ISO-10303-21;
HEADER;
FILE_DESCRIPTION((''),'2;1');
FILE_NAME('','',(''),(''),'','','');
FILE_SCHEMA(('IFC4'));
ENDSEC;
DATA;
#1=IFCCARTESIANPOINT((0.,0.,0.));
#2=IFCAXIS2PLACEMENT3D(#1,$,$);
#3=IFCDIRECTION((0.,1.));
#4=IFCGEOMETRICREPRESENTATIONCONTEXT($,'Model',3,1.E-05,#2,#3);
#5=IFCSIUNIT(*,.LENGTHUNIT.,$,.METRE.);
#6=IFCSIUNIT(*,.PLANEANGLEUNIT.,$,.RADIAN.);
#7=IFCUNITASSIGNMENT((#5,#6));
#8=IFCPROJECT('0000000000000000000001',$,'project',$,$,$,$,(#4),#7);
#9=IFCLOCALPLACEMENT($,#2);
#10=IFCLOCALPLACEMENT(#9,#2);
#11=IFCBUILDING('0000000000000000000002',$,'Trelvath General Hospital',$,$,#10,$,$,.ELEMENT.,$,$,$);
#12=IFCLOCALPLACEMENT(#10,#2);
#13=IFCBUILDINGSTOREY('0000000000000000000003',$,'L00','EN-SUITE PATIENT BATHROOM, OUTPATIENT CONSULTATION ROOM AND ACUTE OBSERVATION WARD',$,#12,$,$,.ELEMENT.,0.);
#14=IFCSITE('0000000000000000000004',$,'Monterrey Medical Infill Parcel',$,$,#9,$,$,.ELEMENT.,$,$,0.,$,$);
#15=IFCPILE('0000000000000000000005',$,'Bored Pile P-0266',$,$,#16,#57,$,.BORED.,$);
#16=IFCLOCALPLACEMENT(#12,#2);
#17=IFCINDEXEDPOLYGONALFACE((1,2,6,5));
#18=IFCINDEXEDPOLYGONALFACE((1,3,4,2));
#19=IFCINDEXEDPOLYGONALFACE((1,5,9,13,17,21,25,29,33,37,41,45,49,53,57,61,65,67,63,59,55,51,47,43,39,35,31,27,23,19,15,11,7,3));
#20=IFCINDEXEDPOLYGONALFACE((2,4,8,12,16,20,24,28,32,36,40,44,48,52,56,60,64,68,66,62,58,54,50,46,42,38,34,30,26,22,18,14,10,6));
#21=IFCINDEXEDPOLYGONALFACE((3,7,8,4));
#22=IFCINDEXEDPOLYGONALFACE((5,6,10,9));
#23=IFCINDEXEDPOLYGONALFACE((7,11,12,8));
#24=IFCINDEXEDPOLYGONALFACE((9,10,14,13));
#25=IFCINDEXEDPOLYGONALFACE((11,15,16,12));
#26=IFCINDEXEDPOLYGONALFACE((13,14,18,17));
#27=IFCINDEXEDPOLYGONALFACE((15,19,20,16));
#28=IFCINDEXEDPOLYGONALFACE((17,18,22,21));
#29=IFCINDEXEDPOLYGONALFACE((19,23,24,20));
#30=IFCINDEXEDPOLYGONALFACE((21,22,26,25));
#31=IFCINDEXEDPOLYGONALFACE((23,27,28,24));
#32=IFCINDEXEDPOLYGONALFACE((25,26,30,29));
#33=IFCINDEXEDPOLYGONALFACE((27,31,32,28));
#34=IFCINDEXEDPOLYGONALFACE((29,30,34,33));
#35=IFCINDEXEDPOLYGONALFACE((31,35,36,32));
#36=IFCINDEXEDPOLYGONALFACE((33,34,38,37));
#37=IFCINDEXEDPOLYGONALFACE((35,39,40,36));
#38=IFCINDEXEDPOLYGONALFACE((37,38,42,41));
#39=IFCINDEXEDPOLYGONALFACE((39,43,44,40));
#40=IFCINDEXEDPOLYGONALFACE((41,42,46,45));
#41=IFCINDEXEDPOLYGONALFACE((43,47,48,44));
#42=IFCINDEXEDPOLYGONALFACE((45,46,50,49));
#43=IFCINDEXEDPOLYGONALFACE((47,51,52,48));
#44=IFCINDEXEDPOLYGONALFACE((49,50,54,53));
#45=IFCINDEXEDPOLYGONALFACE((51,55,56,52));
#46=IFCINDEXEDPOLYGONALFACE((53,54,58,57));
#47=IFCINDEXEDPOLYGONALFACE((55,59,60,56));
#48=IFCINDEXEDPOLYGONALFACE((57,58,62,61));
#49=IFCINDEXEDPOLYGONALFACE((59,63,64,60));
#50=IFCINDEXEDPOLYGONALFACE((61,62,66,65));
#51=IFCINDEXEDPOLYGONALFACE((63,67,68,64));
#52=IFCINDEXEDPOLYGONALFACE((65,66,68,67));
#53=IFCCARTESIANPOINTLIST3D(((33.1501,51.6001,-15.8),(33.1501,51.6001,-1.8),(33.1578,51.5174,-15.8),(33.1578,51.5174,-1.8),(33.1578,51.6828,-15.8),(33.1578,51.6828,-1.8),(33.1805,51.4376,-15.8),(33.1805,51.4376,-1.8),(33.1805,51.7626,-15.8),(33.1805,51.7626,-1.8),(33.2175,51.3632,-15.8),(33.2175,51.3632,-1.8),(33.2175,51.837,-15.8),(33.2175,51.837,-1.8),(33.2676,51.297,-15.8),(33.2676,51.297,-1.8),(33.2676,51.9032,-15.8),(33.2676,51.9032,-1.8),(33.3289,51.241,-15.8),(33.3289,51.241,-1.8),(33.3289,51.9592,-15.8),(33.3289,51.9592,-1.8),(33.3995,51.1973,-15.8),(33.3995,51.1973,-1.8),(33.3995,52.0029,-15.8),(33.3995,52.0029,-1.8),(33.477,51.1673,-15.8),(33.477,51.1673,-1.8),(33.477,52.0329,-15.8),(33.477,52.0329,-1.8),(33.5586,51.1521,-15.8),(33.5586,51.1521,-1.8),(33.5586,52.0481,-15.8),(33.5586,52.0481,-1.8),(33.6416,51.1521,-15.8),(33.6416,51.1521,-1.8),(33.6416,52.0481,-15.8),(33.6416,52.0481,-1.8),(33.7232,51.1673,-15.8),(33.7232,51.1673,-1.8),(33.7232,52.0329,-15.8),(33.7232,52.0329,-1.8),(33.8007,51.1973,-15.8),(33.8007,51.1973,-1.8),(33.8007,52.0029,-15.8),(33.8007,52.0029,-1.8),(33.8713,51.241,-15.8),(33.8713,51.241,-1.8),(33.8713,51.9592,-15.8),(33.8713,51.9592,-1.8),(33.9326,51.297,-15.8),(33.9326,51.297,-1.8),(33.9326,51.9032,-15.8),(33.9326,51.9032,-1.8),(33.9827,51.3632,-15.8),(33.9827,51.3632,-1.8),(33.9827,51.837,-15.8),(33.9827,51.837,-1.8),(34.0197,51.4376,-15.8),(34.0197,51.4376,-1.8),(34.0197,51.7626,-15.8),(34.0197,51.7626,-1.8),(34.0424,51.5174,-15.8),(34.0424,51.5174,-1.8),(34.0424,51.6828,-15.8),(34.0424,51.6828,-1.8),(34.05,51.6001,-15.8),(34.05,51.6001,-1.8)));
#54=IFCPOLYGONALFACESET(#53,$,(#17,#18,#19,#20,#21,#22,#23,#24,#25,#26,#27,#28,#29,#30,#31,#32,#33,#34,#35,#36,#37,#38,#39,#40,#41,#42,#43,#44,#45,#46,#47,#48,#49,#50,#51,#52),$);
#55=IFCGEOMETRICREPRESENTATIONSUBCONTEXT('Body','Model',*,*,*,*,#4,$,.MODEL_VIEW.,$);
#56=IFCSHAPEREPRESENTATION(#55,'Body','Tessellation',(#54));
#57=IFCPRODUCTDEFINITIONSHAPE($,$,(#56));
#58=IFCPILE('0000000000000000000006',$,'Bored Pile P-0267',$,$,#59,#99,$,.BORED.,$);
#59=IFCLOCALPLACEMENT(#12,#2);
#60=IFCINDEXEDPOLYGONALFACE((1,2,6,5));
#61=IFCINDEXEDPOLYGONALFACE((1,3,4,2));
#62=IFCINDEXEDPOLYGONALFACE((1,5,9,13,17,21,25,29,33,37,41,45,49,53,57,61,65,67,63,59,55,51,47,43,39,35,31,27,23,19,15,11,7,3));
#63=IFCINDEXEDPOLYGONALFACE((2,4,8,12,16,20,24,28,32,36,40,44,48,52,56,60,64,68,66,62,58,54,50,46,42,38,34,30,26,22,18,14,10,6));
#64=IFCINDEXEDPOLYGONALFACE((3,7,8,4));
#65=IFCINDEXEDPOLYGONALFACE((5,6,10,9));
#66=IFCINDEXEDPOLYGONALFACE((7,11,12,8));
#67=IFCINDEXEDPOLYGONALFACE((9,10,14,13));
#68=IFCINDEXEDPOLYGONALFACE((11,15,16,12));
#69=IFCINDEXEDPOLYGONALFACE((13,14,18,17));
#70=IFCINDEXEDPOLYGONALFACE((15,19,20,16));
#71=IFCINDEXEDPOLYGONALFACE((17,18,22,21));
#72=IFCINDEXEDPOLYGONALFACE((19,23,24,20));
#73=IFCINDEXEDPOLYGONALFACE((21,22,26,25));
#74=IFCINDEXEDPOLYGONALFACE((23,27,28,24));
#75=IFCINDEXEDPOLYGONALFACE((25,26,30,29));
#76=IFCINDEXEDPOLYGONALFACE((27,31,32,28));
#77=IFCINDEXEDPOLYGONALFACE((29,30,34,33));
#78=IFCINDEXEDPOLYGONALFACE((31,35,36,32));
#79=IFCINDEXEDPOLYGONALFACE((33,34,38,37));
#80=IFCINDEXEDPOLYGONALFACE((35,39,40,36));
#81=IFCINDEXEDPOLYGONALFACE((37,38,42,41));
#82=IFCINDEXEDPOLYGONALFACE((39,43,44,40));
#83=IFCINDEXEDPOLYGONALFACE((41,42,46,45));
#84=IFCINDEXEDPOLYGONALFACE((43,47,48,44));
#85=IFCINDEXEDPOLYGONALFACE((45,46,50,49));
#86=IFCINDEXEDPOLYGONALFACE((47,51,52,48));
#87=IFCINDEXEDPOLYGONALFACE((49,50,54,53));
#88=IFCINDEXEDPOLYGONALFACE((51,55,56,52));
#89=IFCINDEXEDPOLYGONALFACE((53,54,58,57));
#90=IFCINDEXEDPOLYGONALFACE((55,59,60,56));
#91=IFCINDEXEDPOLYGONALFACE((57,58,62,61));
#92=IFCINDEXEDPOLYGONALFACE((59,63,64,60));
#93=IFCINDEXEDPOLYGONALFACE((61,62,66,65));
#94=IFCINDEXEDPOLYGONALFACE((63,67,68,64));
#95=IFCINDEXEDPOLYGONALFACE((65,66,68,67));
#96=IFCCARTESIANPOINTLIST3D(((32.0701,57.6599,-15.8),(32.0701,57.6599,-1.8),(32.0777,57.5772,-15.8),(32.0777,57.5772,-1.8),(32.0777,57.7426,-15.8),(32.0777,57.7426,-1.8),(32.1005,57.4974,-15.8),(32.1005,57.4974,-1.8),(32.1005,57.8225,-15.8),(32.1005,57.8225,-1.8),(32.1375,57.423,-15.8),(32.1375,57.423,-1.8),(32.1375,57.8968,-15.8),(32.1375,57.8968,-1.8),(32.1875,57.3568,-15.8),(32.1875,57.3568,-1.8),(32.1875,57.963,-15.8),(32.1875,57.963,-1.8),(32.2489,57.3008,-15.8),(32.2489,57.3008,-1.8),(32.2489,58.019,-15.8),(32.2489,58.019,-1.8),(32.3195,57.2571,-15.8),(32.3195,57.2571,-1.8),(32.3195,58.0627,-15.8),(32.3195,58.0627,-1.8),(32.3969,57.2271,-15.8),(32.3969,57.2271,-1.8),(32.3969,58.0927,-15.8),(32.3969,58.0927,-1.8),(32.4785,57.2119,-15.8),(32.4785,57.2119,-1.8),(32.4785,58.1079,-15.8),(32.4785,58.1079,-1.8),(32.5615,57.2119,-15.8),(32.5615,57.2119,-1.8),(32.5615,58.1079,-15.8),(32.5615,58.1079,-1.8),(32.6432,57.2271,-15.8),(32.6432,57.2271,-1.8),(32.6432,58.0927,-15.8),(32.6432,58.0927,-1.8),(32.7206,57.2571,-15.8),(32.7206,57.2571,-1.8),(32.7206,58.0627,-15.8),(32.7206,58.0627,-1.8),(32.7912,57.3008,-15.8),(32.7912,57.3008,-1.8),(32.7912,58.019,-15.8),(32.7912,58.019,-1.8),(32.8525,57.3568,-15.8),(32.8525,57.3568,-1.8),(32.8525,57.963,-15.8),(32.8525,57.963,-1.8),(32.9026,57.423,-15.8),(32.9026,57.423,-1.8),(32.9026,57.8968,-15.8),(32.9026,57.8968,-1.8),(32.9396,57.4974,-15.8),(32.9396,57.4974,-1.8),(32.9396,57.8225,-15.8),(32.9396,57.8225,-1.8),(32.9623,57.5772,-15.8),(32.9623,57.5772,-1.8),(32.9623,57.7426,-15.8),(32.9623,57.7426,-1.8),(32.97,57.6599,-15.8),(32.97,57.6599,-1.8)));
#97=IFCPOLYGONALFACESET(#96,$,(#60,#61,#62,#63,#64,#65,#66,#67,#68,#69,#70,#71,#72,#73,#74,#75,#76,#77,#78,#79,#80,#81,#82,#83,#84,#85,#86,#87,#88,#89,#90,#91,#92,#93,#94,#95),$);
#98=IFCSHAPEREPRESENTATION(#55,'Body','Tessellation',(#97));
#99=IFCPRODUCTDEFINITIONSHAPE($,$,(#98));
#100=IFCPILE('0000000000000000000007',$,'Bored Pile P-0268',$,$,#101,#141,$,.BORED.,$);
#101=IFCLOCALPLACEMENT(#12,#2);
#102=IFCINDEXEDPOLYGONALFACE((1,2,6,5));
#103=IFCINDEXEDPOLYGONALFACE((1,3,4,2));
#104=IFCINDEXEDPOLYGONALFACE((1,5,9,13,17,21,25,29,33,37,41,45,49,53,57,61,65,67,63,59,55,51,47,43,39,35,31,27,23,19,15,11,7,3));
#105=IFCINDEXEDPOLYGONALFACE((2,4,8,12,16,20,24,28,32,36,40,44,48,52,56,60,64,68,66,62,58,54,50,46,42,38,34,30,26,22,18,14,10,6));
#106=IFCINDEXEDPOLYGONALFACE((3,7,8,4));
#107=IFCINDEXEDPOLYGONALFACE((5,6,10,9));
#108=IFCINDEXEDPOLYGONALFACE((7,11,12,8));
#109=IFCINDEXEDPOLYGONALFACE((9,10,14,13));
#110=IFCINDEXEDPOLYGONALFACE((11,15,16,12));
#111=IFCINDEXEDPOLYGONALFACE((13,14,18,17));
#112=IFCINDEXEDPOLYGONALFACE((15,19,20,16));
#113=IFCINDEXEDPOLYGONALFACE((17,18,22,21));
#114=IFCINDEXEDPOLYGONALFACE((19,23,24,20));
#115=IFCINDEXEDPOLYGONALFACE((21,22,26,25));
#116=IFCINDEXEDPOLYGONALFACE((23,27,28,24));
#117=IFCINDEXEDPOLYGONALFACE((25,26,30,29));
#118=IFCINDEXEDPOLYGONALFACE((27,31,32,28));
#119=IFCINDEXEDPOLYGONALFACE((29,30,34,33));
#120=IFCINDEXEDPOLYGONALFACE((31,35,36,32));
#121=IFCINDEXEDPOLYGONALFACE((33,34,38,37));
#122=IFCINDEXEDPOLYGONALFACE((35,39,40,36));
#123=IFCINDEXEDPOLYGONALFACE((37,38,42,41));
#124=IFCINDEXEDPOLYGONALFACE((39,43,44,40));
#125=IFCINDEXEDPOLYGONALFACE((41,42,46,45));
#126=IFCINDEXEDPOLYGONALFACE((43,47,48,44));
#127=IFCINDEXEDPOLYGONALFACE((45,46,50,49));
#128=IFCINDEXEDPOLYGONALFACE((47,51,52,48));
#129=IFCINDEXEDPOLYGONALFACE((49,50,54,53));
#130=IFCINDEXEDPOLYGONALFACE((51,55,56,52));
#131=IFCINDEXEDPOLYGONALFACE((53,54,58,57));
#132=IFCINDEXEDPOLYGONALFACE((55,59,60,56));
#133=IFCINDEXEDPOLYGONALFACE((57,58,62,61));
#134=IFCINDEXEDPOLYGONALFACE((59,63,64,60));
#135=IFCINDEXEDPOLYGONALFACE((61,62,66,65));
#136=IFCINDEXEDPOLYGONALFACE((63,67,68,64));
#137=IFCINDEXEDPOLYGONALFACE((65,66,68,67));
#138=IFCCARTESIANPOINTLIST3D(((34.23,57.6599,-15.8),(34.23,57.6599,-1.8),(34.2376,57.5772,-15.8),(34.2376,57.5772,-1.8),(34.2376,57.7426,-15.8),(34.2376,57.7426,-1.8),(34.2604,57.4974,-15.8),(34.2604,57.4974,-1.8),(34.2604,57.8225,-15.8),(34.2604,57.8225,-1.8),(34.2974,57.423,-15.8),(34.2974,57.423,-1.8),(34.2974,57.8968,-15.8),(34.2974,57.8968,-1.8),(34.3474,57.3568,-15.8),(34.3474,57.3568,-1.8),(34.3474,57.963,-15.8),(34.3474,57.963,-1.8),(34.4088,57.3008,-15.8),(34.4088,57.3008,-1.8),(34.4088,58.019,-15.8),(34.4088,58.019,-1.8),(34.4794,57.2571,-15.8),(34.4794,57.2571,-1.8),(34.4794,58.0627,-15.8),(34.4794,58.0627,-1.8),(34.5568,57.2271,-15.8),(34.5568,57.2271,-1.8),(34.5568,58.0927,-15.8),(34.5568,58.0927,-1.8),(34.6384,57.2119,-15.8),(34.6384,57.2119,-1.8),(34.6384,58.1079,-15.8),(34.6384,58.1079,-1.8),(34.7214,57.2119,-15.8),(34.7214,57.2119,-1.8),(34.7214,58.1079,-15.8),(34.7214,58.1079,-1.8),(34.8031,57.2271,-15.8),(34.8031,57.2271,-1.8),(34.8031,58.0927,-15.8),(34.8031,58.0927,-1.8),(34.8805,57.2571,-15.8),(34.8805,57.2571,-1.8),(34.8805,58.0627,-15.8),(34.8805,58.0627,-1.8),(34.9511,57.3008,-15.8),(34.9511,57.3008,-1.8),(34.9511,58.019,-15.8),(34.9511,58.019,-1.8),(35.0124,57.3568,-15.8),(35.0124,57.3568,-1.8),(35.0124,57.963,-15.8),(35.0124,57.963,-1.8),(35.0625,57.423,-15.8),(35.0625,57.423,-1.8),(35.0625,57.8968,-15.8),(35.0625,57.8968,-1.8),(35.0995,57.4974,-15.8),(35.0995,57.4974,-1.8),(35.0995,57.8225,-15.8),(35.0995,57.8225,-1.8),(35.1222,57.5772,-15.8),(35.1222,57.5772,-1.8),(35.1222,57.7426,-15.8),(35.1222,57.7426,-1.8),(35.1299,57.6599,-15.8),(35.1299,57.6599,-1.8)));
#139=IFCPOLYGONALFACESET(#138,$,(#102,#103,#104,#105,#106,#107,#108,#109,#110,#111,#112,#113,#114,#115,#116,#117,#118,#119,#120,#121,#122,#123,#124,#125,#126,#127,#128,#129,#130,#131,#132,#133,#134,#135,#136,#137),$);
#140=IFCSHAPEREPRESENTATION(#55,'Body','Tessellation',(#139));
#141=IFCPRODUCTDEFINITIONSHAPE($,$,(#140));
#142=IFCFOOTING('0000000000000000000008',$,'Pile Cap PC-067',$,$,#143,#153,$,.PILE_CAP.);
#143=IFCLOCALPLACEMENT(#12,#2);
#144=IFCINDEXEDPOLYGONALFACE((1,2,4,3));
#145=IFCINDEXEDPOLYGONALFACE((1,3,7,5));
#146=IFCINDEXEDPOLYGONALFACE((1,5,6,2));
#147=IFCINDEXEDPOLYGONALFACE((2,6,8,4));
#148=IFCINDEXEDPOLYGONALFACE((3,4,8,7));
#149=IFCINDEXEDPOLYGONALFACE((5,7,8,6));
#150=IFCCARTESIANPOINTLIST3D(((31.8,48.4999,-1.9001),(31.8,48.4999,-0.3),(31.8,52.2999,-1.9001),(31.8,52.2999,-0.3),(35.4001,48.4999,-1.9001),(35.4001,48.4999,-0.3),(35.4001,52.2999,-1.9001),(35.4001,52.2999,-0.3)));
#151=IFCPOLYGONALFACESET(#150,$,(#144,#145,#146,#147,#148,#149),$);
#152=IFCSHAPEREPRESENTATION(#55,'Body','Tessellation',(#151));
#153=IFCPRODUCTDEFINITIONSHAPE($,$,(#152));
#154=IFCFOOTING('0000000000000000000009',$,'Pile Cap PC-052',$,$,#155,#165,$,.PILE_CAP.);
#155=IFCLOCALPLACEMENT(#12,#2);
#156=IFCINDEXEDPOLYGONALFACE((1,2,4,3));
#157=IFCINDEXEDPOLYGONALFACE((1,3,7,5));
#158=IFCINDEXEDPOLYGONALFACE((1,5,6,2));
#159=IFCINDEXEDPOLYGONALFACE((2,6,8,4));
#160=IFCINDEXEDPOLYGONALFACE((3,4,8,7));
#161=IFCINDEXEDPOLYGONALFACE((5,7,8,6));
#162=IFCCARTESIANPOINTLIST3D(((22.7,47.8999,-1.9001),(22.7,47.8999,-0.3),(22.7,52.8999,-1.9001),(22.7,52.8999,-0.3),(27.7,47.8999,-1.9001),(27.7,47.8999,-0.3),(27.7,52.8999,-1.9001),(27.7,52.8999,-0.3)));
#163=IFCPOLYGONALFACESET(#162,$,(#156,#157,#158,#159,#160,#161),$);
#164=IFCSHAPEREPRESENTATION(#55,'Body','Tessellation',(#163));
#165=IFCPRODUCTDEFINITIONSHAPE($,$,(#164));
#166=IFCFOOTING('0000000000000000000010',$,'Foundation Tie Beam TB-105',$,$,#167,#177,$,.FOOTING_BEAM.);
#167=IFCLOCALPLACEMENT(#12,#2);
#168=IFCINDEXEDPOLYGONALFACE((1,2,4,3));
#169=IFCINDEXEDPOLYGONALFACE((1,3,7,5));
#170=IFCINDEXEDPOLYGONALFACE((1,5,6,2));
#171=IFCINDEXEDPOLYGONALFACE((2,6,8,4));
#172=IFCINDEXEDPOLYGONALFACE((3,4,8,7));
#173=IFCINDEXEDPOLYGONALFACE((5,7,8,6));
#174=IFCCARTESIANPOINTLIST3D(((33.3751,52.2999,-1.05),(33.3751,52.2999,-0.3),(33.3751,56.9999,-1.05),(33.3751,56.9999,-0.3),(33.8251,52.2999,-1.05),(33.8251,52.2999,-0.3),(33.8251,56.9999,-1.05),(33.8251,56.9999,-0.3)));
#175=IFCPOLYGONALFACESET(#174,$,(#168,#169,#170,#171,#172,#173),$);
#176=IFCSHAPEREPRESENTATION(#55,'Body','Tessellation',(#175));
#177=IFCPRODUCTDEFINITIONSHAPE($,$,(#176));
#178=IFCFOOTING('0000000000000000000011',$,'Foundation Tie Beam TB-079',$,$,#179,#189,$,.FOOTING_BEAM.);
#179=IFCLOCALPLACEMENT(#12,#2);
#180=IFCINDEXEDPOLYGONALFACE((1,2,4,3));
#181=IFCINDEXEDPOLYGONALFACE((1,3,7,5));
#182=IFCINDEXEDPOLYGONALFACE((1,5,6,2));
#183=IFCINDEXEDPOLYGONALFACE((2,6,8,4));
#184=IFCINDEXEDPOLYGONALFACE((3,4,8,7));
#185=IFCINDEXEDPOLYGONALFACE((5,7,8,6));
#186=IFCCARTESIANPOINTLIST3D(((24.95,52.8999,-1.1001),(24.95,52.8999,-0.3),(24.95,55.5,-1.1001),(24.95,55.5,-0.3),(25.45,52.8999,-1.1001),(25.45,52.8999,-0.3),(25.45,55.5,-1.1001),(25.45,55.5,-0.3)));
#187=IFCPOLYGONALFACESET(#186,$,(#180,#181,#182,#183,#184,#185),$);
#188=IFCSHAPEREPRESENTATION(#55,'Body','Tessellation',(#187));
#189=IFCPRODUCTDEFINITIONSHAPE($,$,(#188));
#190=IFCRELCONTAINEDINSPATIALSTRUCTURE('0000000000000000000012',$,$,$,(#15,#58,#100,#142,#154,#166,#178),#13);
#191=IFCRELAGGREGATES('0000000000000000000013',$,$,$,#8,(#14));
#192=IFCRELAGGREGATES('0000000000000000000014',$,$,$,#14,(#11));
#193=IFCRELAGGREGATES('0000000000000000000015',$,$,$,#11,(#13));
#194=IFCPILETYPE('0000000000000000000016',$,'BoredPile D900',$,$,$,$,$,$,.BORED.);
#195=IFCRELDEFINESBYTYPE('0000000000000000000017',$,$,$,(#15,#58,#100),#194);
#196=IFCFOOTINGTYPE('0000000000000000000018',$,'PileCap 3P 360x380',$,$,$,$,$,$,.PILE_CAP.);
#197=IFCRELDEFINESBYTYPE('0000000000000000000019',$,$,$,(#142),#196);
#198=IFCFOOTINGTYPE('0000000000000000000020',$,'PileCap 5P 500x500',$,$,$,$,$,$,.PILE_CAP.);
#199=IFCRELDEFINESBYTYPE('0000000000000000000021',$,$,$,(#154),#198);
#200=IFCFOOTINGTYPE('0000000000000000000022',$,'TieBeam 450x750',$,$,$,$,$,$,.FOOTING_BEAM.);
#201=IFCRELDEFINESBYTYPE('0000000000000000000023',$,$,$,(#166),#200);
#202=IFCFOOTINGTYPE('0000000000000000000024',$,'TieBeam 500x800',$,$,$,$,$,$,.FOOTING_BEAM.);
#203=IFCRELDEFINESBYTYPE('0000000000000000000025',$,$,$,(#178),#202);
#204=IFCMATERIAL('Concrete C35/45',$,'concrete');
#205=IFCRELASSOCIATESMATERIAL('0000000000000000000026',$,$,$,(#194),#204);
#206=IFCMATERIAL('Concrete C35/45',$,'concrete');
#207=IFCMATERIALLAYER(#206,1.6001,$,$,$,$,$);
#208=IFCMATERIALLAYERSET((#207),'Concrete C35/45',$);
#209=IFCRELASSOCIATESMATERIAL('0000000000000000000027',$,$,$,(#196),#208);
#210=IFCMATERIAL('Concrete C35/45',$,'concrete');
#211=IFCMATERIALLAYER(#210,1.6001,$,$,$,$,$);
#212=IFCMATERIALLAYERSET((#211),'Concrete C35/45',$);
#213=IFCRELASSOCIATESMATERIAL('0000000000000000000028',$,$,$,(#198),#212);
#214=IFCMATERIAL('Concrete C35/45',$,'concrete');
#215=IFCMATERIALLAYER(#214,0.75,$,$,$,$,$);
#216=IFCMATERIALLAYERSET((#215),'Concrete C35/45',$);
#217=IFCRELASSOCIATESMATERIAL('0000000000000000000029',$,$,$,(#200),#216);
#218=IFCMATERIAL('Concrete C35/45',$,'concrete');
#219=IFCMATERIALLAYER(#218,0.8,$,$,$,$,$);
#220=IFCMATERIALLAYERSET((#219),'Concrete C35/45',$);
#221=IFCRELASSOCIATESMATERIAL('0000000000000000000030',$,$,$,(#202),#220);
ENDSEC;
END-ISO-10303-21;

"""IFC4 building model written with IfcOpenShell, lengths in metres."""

from ifc_helpers import new_model, si_unit, direction, frame, origin, origin_2d, place, context, subcontext, project, spatial, rectangle, circle, extrude, material, layer, layer_set, material_profile, profile_set, type_object, element, save


model = new_model("IFC4")

# Units and contexts
model_context = context("Model", 3, precision=1e-05, world=origin(), true_north=direction((0.0, 1.0)))
body_context = subcontext(model_context, "Body", "Model", "MODEL_VIEW")
ifc_project = project(units=[si_unit("LENGTHUNIT", "METRE"), si_unit("PLANEANGLEUNIT", "RADIAN")], contexts=[model_context])

# Site, building, storey
site_placement = place(None, origin())
site = spatial("IfcSite", under=ifc_project, at=site_placement, Name="Monterrey Medical Infill Parcel", CompositionType="ELEMENT", RefElevation=0.0)
building_placement = place(site_placement, origin())
building = spatial("IfcBuilding", under=site, at=building_placement, Name="Trelvath General Hospital", CompositionType="ELEMENT")
storey_placement = place(building_placement, origin())
storey = spatial("IfcBuildingStorey", under=building, at=storey_placement, Name="L00", Description="EN-SUITE PATIENT BATHROOM, OUTPATIENT CONSULTATION ROOM AND ACUTE OBSERVATION WARD", CompositionType="ELEMENT", Elevation=0.0)

# Piles
ifc_material_1 = material(Name="Concrete C35/45", Category="concrete")
ifc_material_profile_1 = material_profile(ifc_material_1, circle(Radius=0.45, at=origin_2d()), Name="PILE900")
ifc_profile_set_1 = profile_set([ifc_material_profile_1], Name="Concrete C35/45")
pile_type_1 = type_object("IfcPileType", Name="BoredPile D900", PredefinedType="BORED", material=ifc_profile_set_1)
for number, where, z_axis, x_axis, name in (
    (1, (33.6001, 51.6001, -1.8), (0.0, 0.0, -1.0), (1.0, 0.0, 0.0), "Bored Pile P-0266"),
    (2, (32.52, 57.6599, -1.8), (0.0, 0.0, -1.0), (1.0, 0.0, 0.0), "Bored Pile P-0267"),
    (3, (34.6799, 57.6599, -1.8), (0.0, 0.0, -1.0), (1.0, 0.0, 0.0), "Bored Pile P-0268"),
):
    element("IfcPile", number, at=place(storey_placement, frame(where, z_axis=z_axis, x_axis=x_axis)), inside=storey, type_object=pile_type_1, Name=name, PredefinedType="BORED", context=body_context, shape_type="SweptSolid", body=[
        extrude(circle(Radius=0.45, at=origin_2d()), origin(), (0.0, 0.0, 1.0), 14.0),
    ])

# Footings
ifc_material_2 = material(Name="Concrete C35/45", Category="concrete")
ifc_layer_1 = layer(ifc_material_2, 1.6001)
ifc_layer_set_1 = layer_set([ifc_layer_1], Name="Concrete C35/45")
footing_type_1 = type_object("IfcFootingType", Name="PileCap 3P 360x380", PredefinedType="PILE_CAP", material=ifc_layer_set_1)
footing_1_placement = place(storey_placement, frame((33.6001, 50.3999, -1.9001), z_axis=(0.0, 0.0, 1.0), x_axis=(1.0, 0.0, 0.0)))
element("IfcFooting", 4, at=footing_1_placement, inside=storey, type_object=footing_type_1, Name="Pile Cap PC-067", PredefinedType="PILE_CAP", context=body_context, shape_type="SweptSolid", body=[
    extrude(rectangle(XDim=3.6001, YDim=3.8, at=origin_2d()), origin(), (0.0, 0.0, 1.0), 1.6001),
])
ifc_material_3 = material(Name="Concrete C35/45", Category="concrete")
ifc_layer_2 = layer(ifc_material_3, 1.6001)
ifc_layer_set_2 = layer_set([ifc_layer_2], Name="Concrete C35/45")
footing_type_2 = type_object("IfcFootingType", Name="PileCap 5P 500x500", PredefinedType="PILE_CAP", material=ifc_layer_set_2)
footing_2_placement = place(storey_placement, frame((25.2, 50.3999, -1.9001), z_axis=(0.0, 0.0, 1.0), x_axis=(1.0, 0.0, 0.0)))
element("IfcFooting", 5, at=footing_2_placement, inside=storey, type_object=footing_type_2, Name="Pile Cap PC-052", PredefinedType="PILE_CAP", context=body_context, shape_type="SweptSolid", body=[
    extrude(rectangle(XDim=5.0, YDim=5.0, at=origin_2d()), origin(), (0.0, 0.0, 1.0), 1.6001),
])
ifc_material_4 = material(Name="Concrete C35/45", Category="concrete")
ifc_layer_3 = layer(ifc_material_4, 0.75)
ifc_layer_set_3 = layer_set([ifc_layer_3], Name="Concrete C35/45")
footing_type_3 = type_object("IfcFootingType", Name="TieBeam 450x750", PredefinedType="FOOTING_BEAM", material=ifc_layer_set_3)
footing_3_placement = place(storey_placement, frame((33.6001, 54.6499, -1.05), z_axis=(0.0, 0.0, 1.0), x_axis=(1.0, 0.0, 0.0)))
element("IfcFooting", 6, at=footing_3_placement, inside=storey, type_object=footing_type_3, Name="Foundation Tie Beam TB-105", PredefinedType="FOOTING_BEAM", context=body_context, shape_type="SweptSolid", body=[
    extrude(rectangle(XDim=0.45, YDim=4.7, at=origin_2d()), origin(), (0.0, 0.0, 1.0), 0.75),
])
ifc_material_5 = material(Name="Concrete C35/45", Category="concrete")
ifc_layer_4 = layer(ifc_material_5, 0.8)
ifc_layer_set_4 = layer_set([ifc_layer_4], Name="Concrete C35/45")
footing_type_4 = type_object("IfcFootingType", Name="TieBeam 500x800", PredefinedType="FOOTING_BEAM", material=ifc_layer_set_4)
footing_4_placement = place(storey_placement, frame((25.2, 54.2, -1.1001), z_axis=(0.0, 0.0, 1.0), x_axis=(1.0, 0.0, 0.0)))
element("IfcFooting", 7, at=footing_4_placement, inside=storey, type_object=footing_type_4, Name="Foundation Tie Beam TB-079", PredefinedType="FOOTING_BEAM", context=body_context, shape_type="SweptSolid", body=[
    extrude(rectangle(XDim=0.5, YDim=2.6001, at=origin_2d()), origin(), (0.0, 0.0, 1.0), 0.8),
])

save(model, "model.ifc")
